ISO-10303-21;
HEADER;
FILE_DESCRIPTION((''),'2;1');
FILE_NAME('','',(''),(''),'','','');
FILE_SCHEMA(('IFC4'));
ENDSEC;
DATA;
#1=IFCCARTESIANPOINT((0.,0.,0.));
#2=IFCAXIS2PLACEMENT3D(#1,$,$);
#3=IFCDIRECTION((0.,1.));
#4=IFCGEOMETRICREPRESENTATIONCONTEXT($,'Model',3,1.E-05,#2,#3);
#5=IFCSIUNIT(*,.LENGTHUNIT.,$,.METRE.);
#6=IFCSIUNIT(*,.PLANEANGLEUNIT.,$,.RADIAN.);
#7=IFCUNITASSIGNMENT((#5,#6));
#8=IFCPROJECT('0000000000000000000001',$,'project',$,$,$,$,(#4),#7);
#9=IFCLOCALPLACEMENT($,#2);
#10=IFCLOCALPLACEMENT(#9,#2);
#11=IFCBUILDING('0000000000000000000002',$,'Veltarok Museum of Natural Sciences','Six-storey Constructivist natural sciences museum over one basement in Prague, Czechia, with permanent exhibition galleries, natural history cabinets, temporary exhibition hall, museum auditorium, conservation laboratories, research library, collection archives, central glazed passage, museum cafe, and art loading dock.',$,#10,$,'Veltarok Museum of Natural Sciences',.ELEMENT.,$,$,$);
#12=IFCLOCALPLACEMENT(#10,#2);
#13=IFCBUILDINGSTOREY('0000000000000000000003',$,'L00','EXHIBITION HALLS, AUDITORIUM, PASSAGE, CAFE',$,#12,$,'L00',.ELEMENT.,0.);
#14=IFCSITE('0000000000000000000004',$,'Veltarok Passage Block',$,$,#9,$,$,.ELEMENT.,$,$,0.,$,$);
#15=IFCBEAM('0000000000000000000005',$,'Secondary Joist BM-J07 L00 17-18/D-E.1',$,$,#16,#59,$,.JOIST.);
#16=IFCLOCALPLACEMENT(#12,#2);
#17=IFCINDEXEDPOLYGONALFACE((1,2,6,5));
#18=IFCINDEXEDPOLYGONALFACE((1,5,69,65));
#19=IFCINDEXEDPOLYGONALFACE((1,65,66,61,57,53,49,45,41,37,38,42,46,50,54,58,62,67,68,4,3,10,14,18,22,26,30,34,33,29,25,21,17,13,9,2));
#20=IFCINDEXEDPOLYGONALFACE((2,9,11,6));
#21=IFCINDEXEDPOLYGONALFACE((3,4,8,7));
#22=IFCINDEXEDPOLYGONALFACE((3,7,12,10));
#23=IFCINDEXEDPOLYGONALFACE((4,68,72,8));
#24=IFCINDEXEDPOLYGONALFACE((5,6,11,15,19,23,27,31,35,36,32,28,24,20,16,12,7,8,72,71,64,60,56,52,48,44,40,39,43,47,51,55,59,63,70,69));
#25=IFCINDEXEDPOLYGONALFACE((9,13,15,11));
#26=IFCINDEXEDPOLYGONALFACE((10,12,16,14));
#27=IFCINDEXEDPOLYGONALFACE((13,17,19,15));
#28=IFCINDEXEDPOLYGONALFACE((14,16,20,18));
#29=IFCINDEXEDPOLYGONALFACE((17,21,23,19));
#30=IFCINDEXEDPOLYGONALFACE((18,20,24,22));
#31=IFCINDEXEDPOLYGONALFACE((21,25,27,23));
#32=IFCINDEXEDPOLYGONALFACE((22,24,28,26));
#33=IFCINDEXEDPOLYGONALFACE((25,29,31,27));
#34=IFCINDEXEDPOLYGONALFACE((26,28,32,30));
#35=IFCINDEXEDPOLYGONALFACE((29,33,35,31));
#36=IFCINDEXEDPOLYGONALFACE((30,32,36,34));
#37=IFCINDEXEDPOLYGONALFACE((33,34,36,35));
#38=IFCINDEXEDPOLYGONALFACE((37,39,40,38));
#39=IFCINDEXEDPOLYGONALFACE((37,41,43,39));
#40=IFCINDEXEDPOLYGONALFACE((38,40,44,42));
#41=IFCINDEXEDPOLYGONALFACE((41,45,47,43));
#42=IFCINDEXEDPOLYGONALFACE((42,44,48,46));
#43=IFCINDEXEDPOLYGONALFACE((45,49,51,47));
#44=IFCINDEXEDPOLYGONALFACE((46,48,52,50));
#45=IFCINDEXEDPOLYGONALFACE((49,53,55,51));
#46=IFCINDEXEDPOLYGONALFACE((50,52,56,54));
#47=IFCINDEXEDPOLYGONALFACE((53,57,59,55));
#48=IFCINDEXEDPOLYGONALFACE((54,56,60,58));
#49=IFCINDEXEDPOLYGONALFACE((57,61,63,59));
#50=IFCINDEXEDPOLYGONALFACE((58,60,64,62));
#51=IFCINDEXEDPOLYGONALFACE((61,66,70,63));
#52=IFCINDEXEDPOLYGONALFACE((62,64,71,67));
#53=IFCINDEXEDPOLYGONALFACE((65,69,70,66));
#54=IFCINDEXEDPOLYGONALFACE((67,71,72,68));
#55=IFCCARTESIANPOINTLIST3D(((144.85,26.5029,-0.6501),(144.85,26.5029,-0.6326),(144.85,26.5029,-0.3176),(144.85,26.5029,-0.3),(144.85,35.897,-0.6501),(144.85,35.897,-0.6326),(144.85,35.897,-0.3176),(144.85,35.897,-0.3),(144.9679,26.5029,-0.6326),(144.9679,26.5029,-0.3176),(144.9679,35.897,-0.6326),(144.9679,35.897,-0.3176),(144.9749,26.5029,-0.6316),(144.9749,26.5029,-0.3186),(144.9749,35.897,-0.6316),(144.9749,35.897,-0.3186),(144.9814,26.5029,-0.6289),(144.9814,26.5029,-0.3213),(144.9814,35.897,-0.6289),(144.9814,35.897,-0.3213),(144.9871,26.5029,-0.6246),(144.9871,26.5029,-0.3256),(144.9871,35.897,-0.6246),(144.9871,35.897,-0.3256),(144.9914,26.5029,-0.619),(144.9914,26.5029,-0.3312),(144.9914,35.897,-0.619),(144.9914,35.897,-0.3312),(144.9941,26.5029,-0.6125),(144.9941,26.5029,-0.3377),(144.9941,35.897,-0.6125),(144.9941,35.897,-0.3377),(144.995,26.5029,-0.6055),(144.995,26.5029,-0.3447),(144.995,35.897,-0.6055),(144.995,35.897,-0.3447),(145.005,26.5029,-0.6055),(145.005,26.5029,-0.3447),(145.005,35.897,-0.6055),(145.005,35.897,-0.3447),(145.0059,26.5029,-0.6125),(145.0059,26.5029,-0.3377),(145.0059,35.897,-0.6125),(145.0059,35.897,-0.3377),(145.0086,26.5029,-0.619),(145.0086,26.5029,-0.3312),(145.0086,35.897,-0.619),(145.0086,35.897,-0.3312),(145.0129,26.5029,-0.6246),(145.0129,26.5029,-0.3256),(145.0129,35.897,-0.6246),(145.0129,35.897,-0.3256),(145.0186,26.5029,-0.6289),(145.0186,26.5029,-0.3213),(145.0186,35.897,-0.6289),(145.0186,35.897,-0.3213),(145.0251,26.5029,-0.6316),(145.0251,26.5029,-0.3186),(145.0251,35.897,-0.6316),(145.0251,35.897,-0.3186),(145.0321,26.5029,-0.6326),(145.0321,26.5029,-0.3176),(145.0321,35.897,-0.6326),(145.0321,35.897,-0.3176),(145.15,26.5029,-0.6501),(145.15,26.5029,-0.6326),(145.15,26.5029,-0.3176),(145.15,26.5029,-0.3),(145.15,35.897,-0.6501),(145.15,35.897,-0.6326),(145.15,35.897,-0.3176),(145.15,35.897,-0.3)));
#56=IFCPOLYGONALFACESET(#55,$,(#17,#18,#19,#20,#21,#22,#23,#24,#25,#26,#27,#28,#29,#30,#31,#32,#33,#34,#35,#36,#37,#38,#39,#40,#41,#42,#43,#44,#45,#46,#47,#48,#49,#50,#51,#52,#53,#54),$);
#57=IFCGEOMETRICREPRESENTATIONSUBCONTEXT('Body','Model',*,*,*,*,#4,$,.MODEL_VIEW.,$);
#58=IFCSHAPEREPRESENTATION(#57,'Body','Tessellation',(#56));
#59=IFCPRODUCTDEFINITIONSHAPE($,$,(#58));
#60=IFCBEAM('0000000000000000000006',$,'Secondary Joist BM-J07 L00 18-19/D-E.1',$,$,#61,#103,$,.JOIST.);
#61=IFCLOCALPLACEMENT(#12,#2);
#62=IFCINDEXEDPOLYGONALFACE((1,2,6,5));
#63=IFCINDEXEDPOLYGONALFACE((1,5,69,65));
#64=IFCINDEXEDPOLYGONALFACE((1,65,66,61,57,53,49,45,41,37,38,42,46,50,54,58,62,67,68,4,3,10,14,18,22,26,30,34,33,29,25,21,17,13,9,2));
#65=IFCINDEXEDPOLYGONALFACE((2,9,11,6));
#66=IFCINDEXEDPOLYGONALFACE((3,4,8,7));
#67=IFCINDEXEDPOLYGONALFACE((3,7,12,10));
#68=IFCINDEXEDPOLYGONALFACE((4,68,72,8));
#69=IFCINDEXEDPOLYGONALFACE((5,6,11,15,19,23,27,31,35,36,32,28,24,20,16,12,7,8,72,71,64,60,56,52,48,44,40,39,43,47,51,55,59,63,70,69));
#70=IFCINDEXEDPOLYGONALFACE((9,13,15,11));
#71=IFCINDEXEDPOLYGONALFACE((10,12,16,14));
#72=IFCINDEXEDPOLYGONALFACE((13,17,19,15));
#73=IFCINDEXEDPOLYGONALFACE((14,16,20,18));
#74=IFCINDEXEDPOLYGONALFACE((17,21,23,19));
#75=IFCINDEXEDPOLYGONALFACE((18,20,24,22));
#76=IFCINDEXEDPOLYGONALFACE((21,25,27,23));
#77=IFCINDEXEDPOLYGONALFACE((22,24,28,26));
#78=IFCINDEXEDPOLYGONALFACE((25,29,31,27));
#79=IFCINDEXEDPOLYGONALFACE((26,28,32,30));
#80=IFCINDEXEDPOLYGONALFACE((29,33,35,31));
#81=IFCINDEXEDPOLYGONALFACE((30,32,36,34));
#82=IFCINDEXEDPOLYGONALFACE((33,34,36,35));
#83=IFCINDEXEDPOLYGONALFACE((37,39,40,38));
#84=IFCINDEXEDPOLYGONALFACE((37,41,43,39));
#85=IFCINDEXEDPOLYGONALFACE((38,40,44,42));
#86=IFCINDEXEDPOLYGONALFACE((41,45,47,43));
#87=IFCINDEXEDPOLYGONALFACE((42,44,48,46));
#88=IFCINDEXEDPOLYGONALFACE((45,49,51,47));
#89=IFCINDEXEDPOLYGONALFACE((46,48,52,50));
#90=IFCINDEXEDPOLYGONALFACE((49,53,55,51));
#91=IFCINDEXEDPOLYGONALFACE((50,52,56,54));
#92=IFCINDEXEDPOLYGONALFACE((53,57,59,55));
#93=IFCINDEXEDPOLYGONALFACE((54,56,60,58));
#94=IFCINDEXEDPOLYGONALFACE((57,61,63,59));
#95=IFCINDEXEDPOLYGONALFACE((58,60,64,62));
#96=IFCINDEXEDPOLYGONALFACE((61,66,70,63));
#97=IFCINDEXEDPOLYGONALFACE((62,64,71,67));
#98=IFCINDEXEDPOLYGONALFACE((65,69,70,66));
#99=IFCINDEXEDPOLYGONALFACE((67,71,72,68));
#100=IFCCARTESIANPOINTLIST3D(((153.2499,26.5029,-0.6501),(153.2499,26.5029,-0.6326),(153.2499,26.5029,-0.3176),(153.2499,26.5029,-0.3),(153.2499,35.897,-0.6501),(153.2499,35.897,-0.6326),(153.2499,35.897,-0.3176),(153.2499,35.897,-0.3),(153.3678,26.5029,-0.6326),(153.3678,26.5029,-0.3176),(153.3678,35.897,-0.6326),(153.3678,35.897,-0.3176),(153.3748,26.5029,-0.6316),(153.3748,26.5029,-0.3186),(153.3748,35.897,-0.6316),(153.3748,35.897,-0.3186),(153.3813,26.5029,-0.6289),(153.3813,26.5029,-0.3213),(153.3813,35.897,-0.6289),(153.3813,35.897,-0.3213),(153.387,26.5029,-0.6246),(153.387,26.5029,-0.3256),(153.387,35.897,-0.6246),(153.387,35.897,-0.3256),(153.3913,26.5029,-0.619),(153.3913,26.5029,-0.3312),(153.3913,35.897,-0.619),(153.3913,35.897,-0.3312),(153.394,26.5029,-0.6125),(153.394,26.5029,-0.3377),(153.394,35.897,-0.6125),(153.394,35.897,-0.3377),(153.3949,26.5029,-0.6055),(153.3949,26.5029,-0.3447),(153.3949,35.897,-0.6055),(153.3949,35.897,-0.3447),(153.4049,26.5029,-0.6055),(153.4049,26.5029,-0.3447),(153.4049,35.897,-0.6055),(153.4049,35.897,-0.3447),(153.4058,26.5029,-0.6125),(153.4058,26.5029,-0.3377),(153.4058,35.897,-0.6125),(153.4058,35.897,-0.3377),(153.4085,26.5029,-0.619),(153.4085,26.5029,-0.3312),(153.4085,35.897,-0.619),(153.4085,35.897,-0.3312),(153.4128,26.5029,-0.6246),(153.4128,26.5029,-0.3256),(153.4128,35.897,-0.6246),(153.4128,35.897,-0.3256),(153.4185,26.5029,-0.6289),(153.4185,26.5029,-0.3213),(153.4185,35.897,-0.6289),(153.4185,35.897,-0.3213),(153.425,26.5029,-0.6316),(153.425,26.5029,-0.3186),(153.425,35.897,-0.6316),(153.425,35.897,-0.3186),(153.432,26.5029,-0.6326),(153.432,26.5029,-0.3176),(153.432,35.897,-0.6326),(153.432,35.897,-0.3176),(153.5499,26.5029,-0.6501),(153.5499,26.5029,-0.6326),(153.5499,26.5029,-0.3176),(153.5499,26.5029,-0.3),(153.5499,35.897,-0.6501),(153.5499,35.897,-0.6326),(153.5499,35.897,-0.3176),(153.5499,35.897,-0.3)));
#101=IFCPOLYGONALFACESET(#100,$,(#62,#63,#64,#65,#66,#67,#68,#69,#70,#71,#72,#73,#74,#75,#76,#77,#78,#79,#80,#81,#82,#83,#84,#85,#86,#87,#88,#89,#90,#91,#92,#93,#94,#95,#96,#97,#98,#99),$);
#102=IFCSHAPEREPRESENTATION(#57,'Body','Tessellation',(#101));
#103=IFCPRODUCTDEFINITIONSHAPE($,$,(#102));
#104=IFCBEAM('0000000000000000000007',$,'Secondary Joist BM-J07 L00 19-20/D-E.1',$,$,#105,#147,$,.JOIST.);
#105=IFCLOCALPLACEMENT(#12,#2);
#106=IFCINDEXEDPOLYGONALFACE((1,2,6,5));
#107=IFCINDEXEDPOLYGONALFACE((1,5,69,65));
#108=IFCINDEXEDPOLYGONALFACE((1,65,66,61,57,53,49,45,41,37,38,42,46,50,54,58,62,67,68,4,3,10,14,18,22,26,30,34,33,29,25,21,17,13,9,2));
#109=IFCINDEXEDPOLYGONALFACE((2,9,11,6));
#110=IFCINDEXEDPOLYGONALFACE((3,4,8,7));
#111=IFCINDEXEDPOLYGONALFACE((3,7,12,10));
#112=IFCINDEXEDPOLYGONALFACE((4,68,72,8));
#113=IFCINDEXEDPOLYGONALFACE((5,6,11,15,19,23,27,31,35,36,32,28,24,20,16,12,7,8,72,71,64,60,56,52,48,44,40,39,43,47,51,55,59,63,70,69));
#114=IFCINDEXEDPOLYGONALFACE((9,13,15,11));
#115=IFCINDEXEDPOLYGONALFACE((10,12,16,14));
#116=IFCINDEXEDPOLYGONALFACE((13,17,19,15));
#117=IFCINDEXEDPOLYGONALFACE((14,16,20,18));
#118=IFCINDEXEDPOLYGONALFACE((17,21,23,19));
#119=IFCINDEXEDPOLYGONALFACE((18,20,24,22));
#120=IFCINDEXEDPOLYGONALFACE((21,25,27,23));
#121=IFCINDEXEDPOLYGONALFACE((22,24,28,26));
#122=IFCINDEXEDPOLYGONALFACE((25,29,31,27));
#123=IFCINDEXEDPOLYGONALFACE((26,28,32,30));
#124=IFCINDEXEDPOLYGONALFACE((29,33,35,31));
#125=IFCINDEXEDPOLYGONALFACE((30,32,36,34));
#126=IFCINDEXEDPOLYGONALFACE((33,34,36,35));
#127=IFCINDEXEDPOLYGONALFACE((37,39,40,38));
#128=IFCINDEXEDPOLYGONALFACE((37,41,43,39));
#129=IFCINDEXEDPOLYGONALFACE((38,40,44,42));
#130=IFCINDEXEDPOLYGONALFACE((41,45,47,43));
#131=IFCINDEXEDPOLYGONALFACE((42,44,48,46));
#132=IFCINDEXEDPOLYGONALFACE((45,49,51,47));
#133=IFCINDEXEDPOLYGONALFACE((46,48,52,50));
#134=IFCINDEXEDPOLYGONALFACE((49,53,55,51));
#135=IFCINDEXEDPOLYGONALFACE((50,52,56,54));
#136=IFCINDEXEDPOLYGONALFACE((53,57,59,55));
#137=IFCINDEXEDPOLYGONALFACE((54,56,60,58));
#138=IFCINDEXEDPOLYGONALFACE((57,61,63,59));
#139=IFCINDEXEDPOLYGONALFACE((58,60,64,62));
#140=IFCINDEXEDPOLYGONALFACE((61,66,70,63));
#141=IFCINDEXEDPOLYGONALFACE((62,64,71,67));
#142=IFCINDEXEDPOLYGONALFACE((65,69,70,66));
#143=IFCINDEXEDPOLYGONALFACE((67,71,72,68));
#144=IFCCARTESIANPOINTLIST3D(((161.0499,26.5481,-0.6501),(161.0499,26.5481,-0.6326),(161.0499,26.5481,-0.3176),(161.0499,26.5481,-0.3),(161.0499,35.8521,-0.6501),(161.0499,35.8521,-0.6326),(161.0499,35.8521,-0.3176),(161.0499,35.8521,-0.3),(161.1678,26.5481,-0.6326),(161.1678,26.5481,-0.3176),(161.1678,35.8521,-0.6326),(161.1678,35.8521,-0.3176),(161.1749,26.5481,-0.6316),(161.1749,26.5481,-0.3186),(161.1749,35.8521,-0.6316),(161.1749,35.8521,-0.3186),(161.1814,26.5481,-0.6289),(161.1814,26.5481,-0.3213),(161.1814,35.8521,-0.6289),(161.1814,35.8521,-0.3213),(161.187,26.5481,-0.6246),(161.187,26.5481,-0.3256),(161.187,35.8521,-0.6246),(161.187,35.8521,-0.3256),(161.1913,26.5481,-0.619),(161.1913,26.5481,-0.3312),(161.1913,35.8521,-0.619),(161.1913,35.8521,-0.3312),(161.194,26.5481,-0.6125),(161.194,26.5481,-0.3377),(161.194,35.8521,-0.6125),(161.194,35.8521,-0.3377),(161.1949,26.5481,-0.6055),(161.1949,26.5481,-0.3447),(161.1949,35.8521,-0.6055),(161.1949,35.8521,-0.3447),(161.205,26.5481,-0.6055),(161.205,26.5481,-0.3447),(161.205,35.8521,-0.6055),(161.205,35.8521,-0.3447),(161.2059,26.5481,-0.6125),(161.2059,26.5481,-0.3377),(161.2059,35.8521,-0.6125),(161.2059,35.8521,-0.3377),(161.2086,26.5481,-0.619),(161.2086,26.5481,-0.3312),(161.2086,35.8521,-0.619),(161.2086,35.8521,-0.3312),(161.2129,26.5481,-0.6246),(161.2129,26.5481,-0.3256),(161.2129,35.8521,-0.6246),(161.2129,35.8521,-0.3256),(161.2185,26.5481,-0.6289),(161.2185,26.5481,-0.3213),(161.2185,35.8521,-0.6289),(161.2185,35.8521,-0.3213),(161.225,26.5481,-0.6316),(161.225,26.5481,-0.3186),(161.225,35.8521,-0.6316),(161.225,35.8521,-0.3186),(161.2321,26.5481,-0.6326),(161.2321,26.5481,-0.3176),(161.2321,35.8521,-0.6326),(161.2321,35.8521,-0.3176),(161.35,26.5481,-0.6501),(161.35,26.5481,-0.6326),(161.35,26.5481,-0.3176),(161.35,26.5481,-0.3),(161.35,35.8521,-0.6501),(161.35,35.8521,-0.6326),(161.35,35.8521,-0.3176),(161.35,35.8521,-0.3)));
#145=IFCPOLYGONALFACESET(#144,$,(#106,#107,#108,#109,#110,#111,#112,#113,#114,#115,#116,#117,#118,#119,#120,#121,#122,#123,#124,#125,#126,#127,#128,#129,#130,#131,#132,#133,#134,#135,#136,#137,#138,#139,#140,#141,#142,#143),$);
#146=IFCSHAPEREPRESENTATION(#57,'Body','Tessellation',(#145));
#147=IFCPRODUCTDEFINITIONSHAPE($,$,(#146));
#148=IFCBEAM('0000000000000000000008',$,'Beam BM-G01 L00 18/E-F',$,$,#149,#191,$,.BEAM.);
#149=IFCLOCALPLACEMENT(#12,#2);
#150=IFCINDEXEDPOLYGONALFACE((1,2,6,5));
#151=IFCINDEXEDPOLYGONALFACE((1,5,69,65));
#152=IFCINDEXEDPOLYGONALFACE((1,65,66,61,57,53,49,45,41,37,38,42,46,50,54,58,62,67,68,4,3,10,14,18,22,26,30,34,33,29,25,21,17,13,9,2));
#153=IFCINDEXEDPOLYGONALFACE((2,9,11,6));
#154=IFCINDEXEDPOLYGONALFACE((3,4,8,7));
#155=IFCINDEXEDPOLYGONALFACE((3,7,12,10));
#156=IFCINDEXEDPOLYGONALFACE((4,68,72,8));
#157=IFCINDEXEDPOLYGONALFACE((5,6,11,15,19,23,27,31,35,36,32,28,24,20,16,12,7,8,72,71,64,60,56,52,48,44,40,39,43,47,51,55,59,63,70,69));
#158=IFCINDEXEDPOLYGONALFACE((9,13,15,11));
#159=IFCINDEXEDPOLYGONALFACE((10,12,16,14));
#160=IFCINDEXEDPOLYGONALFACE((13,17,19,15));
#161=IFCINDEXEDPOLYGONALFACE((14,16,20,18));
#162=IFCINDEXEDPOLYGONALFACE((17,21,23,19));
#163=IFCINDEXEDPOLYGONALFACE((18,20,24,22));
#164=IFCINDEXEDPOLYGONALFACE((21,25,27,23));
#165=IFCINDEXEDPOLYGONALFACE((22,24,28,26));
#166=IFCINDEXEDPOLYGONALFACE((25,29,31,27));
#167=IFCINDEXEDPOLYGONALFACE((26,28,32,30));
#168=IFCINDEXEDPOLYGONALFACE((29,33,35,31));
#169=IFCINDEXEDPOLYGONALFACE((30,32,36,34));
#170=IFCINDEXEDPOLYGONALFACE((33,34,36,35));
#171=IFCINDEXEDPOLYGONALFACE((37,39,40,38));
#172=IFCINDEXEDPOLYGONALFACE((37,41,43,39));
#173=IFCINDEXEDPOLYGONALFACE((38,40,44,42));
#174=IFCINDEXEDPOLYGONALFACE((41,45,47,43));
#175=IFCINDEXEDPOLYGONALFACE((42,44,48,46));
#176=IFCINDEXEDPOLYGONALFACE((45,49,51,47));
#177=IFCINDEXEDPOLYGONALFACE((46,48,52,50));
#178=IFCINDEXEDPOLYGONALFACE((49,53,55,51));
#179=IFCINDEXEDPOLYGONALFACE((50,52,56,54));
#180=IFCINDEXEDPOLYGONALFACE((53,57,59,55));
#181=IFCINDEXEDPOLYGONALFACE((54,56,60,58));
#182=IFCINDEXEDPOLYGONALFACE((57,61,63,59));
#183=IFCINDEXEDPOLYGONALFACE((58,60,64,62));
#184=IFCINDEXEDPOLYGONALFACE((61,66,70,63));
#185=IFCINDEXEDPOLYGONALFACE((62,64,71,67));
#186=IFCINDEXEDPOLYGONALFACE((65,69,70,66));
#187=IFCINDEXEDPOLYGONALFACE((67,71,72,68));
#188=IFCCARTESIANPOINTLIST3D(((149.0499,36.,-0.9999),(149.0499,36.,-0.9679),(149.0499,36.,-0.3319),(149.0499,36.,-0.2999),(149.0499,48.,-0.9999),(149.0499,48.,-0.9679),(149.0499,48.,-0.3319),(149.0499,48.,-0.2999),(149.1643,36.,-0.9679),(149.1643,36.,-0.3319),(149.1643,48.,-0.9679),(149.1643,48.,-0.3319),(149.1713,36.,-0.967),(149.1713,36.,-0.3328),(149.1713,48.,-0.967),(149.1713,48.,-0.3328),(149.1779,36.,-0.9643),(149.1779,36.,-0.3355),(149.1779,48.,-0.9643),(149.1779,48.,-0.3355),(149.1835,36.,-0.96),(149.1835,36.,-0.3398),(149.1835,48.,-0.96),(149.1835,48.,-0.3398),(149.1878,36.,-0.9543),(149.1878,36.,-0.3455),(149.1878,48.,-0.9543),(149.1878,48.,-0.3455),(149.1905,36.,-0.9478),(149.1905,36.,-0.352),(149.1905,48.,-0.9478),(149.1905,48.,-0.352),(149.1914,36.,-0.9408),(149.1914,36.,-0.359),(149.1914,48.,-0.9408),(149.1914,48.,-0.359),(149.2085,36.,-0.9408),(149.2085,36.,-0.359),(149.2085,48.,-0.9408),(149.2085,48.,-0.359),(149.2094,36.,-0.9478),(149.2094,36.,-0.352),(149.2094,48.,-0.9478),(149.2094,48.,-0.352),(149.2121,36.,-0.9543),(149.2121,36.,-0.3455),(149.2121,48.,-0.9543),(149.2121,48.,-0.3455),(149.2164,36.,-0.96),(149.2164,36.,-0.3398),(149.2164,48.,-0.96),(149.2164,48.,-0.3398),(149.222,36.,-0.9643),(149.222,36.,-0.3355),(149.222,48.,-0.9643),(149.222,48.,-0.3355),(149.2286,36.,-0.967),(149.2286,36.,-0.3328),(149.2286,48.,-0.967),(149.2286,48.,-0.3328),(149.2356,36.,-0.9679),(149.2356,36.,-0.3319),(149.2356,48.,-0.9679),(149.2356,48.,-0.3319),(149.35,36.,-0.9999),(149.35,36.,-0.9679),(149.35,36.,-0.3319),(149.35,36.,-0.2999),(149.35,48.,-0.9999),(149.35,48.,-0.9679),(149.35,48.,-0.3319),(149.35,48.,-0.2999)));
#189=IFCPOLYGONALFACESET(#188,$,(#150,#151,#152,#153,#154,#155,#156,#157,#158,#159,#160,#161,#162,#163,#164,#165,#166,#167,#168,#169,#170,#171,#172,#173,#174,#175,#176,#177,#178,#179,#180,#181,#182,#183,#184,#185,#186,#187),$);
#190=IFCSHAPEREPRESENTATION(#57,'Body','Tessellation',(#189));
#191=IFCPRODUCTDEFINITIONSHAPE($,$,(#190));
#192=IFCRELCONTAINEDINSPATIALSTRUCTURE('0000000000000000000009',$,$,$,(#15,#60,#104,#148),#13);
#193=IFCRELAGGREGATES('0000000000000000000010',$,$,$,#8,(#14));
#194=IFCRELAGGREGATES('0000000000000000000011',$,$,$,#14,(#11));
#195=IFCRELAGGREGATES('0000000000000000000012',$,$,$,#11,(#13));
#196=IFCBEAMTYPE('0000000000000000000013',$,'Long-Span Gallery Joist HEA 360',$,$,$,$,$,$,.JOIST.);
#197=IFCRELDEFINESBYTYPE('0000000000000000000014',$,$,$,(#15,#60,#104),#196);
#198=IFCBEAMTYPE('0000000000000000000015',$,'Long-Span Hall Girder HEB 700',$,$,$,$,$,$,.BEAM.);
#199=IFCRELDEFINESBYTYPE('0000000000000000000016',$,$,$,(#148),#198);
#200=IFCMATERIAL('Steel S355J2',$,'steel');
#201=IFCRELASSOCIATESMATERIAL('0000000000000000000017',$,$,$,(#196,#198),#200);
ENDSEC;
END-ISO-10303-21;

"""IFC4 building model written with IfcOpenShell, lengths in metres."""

from ifc_helpers import new_model, si_unit, direction, frame, origin, origin_2d, place, context, subcontext, project, spatial, i_section, extrude, material, material_profile, profile_set, type_object, element, save


model = new_model("IFC4")

# Units and contexts
model_context = context("Model", 3, precision=1e-05, world=origin(), true_north=direction((0.0, 1.0)))
body_context = subcontext(model_context, "Body", "Model", "MODEL_VIEW")
ifc_project = project(units=[si_unit("LENGTHUNIT", "METRE"), si_unit("PLANEANGLEUNIT", "RADIAN")], contexts=[model_context])

# Site, building, storey
site_placement = place(None, origin())
site = spatial("IfcSite", under=ifc_project, at=site_placement, Name="Veltarok Passage Block", CompositionType="ELEMENT", RefElevation=0.0)
building_placement = place(site_placement, origin())
building = spatial("IfcBuilding", under=site, at=building_placement, Name="Veltarok Museum of Natural Sciences", Description="Six-storey Constructivist natural sciences museum over one basement in Prague, Czechia, with permanent exhibition galleries, natural history cabinets, temporary exhibition hall, museum auditorium, conservation laboratories, research library, collection archives, central glazed passage, museum cafe, and art loading dock.", LongName="Veltarok Museum of Natural Sciences", CompositionType="ELEMENT")
storey_placement = place(building_placement, origin())
storey = spatial("IfcBuildingStorey", under=building, at=storey_placement, Name="L00", Description="EXHIBITION HALLS, AUDITORIUM, PASSAGE, CAFE", LongName="L00", CompositionType="ELEMENT", Elevation=0.0)

# Shared definitions
ifc_material_1 = material(Name="Steel S355J2", Category="steel")

# Beams
ifc_material_profile_1 = material_profile(ifc_material_1, i_section(OverallWidth=0.3, OverallDepth=0.3501, WebThickness=0.01, FlangeThickness=0.0176, FilletRadius=0.0271, at=origin_2d()), Name="HEA 360")
ifc_profile_set_1 = profile_set([ifc_material_profile_1], Name="Steel S355J2")
beam_type_1 = type_object("IfcBeamType", Name="Long-Span Gallery Joist HEA 360", PredefinedType="JOIST", material=ifc_profile_set_1)
for number, where, z_axis, x_axis, name in (
    (1, (145.0, 26.5029, -0.4751), (0.0, 1.0, 0.0), (-1.0, 0.0, 0.0), "Secondary Joist BM-J07 L00 17-18/D-E.1"),
    (2, (153.3999, 26.5029, -0.4751), (0.0, 1.0, 0.0), (-1.0, 0.0, 0.0), "Secondary Joist BM-J07 L00 18-19/D-E.1"),
):
    element("IfcBeam", number, at=place(storey_placement, frame(where, z_axis=z_axis, x_axis=x_axis)), inside=storey, type_object=beam_type_1, Name=name, PredefinedType="JOIST", context=body_context, shape_type="SweptSolid", body=[
        extrude(i_section(OverallWidth=0.3, OverallDepth=0.3501, WebThickness=0.01, FlangeThickness=0.0176, FilletRadius=0.0271, at=origin_2d()), origin(), (0.0, 0.0, 1.0), 9.394),
    ])
beam_1_placement = place(storey_placement, frame((161.2, 26.5481, -0.4751), z_axis=(0.0, 1.0, 0.0), x_axis=(-1.0, 0.0, 0.0)))
element("IfcBeam", 3, at=beam_1_placement, inside=storey, type_object=beam_type_1, Name="Secondary Joist BM-J07 L00 19-20/D-E.1", PredefinedType="JOIST", context=body_context, shape_type="SweptSolid", body=[
    extrude(i_section(OverallWidth=0.3, OverallDepth=0.3501, WebThickness=0.01, FlangeThickness=0.0176, FilletRadius=0.0271, at=origin_2d()), origin(), (0.0, 0.0, 1.0), 9.304),
])
ifc_material_profile_2 = material_profile(ifc_material_1, i_section(OverallWidth=0.3, OverallDepth=0.7, WebThickness=0.0171, FlangeThickness=0.032, FilletRadius=0.0271, at=origin_2d()), Name="HEB 700")
ifc_profile_set_2 = profile_set([ifc_material_profile_2], Name="Steel S355J2")
beam_type_2 = type_object("IfcBeamType", Name="Long-Span Hall Girder HEB 700", PredefinedType="BEAM", material=ifc_profile_set_2)
for number, where, z_axis, x_axis, name in (
    (4, (149.2, 36.0, -0.6499), (0.0, 1.0, 0.0), (-1.0, 0.0, 0.0), "Beam BM-G01 L00 18/E-F"),
):
    element("IfcBeam", number, at=place(storey_placement, frame(where, z_axis=z_axis, x_axis=x_axis)), inside=storey, type_object=beam_type_2, Name=name, PredefinedType="BEAM", context=body_context, shape_type="SweptSolid", body=[
        extrude(i_section(OverallWidth=0.3, OverallDepth=0.7, WebThickness=0.0171, FlangeThickness=0.032, FilletRadius=0.0271, at=origin_2d()), origin(), (0.0, 0.0, 1.0), 12.0),
    ])

save(model, "model.ifc")
